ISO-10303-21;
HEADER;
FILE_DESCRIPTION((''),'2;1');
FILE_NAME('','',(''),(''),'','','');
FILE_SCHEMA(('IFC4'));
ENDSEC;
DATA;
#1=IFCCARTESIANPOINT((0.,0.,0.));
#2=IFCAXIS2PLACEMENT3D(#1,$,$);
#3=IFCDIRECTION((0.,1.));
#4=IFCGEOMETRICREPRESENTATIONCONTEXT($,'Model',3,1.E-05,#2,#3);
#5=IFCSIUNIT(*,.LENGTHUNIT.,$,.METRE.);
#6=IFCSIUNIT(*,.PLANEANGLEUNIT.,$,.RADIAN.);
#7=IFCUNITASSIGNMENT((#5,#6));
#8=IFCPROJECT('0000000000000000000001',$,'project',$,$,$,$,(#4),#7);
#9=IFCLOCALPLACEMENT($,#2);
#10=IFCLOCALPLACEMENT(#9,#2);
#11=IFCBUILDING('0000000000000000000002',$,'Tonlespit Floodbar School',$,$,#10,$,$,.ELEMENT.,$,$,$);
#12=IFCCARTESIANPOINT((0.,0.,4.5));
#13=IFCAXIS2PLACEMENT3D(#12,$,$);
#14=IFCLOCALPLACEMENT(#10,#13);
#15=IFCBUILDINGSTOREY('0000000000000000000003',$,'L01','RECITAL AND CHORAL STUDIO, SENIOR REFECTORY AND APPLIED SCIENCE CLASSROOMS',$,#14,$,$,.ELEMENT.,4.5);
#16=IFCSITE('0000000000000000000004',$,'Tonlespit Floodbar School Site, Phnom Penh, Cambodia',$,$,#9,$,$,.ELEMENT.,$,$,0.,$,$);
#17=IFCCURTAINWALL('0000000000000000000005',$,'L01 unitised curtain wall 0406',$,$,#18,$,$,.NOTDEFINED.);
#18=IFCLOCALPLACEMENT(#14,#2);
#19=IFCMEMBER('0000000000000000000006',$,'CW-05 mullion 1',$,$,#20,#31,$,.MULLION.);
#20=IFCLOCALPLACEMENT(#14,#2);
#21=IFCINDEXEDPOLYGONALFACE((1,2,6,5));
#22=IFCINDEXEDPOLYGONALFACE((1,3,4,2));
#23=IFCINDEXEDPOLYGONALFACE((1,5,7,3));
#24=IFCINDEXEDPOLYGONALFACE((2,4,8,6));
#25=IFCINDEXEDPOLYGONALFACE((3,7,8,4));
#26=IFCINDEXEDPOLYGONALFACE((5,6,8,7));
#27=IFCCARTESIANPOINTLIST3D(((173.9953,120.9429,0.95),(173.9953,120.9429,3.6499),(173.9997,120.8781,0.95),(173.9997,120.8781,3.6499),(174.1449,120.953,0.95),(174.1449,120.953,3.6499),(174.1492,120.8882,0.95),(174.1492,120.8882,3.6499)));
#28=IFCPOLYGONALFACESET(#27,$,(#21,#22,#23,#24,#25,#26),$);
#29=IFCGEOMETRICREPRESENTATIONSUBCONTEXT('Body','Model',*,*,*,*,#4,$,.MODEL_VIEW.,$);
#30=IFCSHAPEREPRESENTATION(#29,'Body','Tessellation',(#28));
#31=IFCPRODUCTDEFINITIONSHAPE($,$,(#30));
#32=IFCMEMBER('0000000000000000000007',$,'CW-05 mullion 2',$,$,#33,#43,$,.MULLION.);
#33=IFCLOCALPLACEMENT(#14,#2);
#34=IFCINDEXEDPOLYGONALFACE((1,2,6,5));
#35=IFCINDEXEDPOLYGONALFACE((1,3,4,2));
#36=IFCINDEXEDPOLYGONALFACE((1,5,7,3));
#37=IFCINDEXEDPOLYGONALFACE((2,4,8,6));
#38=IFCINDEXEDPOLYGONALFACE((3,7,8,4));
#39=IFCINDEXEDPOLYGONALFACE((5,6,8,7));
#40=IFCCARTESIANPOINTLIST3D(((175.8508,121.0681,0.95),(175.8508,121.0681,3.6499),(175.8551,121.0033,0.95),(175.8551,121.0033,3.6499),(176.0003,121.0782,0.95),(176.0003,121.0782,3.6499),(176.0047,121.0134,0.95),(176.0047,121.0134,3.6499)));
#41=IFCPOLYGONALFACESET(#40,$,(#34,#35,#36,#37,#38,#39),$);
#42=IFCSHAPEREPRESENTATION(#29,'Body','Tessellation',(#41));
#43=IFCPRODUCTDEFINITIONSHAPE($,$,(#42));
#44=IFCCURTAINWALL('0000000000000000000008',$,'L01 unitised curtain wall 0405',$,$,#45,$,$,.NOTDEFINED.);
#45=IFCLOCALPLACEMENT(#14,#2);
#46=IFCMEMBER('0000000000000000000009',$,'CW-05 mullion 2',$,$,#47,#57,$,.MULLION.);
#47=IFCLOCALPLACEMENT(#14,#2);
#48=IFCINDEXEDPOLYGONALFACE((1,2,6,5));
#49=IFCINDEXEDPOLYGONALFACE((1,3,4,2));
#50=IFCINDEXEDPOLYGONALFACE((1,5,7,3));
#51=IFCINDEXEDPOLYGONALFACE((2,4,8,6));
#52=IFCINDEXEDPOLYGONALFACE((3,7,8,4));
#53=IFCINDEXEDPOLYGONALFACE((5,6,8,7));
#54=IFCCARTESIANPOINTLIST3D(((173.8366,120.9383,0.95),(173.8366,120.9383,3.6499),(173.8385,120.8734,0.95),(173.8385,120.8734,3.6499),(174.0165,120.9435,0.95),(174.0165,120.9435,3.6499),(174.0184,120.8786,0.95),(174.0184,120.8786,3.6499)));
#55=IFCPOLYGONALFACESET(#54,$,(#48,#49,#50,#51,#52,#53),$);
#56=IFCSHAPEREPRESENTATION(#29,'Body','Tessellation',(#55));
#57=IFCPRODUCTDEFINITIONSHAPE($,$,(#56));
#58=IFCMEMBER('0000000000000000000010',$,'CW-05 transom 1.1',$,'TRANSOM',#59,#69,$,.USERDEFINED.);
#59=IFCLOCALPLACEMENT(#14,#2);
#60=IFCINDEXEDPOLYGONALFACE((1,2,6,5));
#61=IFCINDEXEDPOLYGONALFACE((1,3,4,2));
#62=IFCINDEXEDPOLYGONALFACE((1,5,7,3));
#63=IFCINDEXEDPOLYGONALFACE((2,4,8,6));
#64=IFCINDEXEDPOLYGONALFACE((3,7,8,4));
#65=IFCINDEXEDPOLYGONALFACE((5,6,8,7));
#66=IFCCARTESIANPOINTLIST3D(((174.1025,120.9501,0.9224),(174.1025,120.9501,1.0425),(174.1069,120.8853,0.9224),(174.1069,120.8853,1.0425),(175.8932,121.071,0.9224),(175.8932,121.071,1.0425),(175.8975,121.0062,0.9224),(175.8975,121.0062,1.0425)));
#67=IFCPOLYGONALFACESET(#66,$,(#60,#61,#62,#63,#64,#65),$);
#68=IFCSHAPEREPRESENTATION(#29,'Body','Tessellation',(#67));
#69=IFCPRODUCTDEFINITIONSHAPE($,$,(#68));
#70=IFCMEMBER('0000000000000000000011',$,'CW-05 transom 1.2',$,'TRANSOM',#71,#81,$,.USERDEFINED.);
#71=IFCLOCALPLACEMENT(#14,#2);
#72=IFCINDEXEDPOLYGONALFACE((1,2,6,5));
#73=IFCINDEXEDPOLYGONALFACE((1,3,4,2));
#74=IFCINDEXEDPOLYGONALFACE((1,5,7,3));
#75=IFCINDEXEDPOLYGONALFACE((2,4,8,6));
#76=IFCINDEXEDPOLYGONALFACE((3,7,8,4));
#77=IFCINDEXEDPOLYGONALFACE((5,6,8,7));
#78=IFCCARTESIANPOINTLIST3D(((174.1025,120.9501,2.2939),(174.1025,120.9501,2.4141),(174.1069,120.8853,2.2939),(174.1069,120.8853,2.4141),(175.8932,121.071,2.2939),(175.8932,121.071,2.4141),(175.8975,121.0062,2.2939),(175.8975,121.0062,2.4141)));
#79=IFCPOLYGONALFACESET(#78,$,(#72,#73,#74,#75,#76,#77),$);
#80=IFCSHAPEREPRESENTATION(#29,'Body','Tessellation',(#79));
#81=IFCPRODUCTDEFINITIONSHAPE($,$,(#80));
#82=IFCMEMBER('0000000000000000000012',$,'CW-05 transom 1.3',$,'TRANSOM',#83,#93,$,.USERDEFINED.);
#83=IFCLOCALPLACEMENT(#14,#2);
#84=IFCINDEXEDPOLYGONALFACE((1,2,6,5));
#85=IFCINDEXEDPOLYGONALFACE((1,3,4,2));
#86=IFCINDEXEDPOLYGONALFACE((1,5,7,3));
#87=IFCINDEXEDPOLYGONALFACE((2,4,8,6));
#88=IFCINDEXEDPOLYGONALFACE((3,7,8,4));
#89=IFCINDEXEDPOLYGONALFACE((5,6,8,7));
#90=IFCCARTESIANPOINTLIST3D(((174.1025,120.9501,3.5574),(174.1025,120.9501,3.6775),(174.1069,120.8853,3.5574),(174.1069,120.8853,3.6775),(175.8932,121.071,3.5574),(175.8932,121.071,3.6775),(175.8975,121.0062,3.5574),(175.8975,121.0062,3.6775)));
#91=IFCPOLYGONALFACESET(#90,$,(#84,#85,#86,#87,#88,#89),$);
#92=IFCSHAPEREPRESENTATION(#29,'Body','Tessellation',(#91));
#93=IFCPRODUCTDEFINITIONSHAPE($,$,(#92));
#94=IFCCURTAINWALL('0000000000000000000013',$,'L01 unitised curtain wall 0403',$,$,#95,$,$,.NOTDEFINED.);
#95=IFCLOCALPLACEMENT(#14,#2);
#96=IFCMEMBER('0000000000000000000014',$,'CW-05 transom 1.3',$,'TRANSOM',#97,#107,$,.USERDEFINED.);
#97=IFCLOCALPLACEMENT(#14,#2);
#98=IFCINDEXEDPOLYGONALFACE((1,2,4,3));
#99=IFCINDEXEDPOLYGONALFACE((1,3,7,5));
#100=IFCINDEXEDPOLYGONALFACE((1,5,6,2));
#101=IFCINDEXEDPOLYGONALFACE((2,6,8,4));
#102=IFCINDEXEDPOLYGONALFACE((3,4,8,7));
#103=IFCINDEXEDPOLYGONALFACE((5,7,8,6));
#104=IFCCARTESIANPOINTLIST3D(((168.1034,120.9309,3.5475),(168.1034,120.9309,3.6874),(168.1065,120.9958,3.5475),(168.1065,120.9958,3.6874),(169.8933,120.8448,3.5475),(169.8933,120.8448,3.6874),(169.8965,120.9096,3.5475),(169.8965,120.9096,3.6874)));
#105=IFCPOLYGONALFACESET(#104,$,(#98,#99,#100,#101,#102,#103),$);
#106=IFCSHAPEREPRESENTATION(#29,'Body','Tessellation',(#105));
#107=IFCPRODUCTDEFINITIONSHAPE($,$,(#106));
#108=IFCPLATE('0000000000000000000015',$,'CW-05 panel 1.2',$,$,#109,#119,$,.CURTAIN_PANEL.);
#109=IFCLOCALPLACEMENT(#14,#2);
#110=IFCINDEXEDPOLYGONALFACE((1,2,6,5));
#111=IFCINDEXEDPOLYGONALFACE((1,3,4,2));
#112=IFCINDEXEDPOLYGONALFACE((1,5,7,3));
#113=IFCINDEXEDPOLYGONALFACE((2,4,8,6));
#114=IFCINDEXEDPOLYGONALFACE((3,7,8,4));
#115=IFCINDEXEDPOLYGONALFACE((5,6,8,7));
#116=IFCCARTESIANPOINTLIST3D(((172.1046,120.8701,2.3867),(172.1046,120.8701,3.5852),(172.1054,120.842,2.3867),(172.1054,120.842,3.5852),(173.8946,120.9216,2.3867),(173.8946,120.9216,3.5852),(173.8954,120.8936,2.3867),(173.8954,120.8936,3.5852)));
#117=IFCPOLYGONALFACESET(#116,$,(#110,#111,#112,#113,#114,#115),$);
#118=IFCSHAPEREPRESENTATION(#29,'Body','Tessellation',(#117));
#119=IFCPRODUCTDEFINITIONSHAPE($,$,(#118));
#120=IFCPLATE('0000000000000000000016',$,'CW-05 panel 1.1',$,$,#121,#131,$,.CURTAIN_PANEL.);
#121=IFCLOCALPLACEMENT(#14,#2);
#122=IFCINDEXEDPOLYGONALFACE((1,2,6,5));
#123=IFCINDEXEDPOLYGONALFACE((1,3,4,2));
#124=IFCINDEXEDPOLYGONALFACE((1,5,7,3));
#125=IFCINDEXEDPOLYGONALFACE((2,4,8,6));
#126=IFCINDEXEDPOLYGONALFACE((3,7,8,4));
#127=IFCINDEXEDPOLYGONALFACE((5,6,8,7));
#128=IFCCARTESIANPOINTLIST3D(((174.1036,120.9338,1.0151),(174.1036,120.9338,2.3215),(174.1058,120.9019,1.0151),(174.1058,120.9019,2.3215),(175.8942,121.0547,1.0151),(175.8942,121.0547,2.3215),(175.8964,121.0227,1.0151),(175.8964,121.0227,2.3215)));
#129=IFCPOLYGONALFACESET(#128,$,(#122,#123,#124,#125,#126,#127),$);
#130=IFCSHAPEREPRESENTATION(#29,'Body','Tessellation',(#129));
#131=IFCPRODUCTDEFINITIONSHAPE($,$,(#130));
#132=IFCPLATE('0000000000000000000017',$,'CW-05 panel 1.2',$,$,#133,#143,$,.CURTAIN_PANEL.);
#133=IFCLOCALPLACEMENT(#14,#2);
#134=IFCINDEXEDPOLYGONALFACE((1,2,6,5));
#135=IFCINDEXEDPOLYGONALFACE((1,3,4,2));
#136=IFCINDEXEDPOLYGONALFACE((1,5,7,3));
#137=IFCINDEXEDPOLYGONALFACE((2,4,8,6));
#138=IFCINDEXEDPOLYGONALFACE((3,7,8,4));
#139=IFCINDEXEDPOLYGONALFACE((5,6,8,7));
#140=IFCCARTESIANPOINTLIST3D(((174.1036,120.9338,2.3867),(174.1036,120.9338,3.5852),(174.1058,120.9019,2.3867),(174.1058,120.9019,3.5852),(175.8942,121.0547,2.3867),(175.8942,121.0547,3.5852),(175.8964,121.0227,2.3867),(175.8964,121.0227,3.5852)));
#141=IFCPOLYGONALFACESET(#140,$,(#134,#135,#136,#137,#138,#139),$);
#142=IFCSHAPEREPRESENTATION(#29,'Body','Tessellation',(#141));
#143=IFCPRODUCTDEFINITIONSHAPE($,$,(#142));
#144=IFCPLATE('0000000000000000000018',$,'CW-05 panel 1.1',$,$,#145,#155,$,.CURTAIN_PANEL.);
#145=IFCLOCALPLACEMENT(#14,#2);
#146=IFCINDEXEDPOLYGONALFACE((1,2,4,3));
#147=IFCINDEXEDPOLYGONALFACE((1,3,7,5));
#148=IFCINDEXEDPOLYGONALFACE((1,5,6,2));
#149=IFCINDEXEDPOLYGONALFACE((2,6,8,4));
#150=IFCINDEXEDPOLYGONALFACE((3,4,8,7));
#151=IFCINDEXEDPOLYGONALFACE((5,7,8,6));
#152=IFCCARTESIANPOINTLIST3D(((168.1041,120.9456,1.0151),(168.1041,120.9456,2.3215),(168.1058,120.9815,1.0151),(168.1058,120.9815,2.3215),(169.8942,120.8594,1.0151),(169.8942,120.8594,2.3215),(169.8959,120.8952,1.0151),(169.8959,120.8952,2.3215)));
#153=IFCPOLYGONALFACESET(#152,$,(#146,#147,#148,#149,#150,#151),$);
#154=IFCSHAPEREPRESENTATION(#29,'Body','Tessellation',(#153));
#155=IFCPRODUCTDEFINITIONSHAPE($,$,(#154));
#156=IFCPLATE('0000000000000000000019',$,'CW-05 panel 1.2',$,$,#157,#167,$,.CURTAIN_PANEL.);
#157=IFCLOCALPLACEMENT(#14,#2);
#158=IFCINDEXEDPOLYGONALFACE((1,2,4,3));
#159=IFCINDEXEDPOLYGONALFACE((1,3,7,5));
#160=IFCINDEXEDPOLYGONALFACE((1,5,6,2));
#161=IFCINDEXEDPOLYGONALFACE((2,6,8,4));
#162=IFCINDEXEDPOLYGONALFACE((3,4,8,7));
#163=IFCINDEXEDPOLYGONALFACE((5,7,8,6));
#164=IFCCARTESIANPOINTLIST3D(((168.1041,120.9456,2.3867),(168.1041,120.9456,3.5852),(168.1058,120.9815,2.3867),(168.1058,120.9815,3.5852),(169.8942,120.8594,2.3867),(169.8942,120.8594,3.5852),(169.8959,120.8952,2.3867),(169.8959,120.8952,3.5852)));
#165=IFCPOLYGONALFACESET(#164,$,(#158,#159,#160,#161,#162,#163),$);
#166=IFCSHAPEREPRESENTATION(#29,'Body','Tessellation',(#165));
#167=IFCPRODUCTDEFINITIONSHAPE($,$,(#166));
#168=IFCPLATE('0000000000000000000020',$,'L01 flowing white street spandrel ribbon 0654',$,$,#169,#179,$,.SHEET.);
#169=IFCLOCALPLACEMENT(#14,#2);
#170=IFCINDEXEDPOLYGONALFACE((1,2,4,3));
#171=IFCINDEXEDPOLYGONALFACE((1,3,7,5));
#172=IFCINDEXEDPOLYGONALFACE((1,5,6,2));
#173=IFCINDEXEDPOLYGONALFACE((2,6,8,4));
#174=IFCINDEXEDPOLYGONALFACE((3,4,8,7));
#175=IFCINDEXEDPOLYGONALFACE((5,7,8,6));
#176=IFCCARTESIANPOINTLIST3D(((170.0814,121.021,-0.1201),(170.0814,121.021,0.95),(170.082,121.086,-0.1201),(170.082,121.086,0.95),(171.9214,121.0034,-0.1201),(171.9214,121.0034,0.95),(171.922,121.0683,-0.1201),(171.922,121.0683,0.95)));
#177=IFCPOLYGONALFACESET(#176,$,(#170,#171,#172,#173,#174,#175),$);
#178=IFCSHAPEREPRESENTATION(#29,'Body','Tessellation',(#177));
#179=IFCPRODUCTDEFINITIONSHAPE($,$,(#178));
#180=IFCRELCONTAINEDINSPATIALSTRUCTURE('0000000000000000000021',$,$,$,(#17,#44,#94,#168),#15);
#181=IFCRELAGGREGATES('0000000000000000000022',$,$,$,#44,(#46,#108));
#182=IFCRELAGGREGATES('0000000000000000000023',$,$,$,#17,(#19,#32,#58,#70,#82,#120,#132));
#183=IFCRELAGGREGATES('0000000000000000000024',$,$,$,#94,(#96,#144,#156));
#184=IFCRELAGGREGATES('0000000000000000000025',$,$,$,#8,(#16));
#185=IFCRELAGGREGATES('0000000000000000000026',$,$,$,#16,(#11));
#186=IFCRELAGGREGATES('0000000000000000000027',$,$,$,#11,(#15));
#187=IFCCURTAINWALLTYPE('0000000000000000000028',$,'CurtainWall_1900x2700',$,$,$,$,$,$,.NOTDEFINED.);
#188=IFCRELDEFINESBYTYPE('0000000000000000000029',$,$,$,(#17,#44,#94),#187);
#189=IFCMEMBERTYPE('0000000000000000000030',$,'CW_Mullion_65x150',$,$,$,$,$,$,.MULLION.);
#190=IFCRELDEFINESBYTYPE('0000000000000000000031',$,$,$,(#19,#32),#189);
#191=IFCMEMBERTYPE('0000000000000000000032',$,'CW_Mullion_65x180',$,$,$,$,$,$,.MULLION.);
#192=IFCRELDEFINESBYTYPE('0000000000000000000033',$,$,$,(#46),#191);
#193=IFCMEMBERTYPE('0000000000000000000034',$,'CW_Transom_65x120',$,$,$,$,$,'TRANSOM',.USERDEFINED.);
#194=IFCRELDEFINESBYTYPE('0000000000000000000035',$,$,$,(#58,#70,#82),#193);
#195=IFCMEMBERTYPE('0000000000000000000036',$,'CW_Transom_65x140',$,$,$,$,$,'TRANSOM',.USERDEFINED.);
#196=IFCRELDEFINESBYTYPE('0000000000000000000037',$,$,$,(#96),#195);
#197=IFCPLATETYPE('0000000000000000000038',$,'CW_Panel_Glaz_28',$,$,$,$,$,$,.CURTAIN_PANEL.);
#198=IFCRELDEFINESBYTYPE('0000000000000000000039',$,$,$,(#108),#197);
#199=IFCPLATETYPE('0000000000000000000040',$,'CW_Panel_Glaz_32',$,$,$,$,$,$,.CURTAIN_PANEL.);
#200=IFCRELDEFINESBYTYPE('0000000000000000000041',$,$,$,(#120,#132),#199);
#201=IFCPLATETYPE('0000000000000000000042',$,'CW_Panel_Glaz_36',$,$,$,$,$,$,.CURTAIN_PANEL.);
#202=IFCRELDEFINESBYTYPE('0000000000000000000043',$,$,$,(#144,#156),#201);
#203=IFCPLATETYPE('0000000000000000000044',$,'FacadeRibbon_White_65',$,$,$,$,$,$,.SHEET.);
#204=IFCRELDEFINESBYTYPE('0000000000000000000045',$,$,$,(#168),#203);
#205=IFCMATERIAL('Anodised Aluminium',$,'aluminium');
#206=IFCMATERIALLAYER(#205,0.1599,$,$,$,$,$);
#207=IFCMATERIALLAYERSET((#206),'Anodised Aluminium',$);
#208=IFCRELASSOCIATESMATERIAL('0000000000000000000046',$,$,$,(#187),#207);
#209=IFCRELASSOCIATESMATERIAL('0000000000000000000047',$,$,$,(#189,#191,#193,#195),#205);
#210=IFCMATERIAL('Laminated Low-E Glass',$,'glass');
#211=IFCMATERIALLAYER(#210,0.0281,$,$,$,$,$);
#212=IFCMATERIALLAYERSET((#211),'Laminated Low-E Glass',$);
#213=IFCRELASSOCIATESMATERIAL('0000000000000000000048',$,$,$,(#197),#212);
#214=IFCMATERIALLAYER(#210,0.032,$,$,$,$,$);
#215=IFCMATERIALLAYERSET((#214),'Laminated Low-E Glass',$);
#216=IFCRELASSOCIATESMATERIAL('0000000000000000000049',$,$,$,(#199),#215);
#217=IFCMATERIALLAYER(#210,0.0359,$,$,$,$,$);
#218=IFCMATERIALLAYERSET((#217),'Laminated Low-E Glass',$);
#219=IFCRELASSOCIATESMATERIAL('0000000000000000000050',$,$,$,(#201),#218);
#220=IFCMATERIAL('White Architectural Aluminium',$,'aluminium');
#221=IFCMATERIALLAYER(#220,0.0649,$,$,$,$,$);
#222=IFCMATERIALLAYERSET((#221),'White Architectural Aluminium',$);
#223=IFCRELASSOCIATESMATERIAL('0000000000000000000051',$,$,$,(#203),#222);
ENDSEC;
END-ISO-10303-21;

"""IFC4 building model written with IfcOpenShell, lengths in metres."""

from ifc_helpers import new_model, si_unit, direction, frame, origin, origin_2d, place, context, subcontext, project, spatial, rectangle, extrude, material, layer, layer_set, material_profile, profile_set, type_object, element, aggregate, save


model = new_model("IFC4")

# Units and contexts
model_context = context("Model", 3, precision=1e-05, world=origin(), true_north=direction((0.0, 1.0)))
body_context = subcontext(model_context, "Body", "Model", "MODEL_VIEW")
ifc_project = project(units=[si_unit("LENGTHUNIT", "METRE"), si_unit("PLANEANGLEUNIT", "RADIAN")], contexts=[model_context])

# Site, building, storey
site_placement = place(None, origin())
site = spatial("IfcSite", under=ifc_project, at=site_placement, Name="Tonlespit Floodbar School Site, Phnom Penh, Cambodia", CompositionType="ELEMENT", RefElevation=0.0)
building_placement = place(site_placement, origin())
building = spatial("IfcBuilding", under=site, at=building_placement, Name="Tonlespit Floodbar School", CompositionType="ELEMENT")
storey_placement = place(building_placement, frame((0.0, 0.0, 4.5)))
storey = spatial("IfcBuildingStorey", under=building, at=storey_placement, Name="L01", Description="RECITAL AND CHORAL STUDIO, SENIOR REFECTORY AND APPLIED SCIENCE CLASSROOMS", CompositionType="ELEMENT", Elevation=4.5)

# Curtain wall, members
ifc_material_1 = material(Name="Anodised Aluminium", Category="aluminium")
ifc_layer_1 = layer(ifc_material_1, 0.1599)
ifc_layer_set_1 = layer_set([ifc_layer_1], Name="Anodised Aluminium")
curtain_wall_type = type_object("IfcCurtainWallType", Name="CurtainWall_1900x2700", PredefinedType="NOTDEFINED", material=ifc_layer_set_1)
curtain_wall_1_placement = place(storey_placement, origin())
curtain_wall_1 = element("IfcCurtainWall", 1, at=curtain_wall_1_placement, inside=storey, type_object=curtain_wall_type, Name="L01 unitised curtain wall 0406", PredefinedType="NOTDEFINED")
ifc_material_profile_1 = material_profile(ifc_material_1, rectangle(XDim=0.0649, YDim=0.1499, at=origin_2d()), Name="ALU M65x150")
ifc_profile_set_1 = profile_set([ifc_material_profile_1], Name="Anodised Aluminium")
member_type_1 = type_object("IfcMemberType", Name="CW_Mullion_65x150", PredefinedType="MULLION", material=ifc_profile_set_1)
member_1_placement = place(storey_placement, frame((174.0723, 120.9155, 0.95), z_axis=(0.0, 0.0, 1.0), x_axis=(-0.06734, 0.99773, 0.0)))
member_1 = element("IfcMember", 2, at=member_1_placement, type_object=member_type_1, Name="CW-05 mullion 1", PredefinedType="MULLION", context=body_context, shape_type="SweptSolid", body=[
    extrude(rectangle(XDim=0.0649, YDim=0.1499, at=origin_2d()), origin(), (0.0, 0.0, 1.0), 2.7),
])
member_2_placement = place(storey_placement, frame((175.9277, 121.0408, 0.95), z_axis=(0.0, 0.0, 1.0), x_axis=(-0.06734, 0.99773, 0.0)))
member_2 = element("IfcMember", 3, at=member_2_placement, type_object=member_type_1, Name="CW-05 mullion 2", PredefinedType="MULLION", context=body_context, shape_type="SweptSolid", body=[
    extrude(rectangle(XDim=0.0649, YDim=0.1499, at=origin_2d()), origin(), (0.0, 0.0, 1.0), 2.7),
])

# Curtain wall, member
curtain_wall_2_placement = place(storey_placement, origin())
curtain_wall_2 = element("IfcCurtainWall", 4, at=curtain_wall_2_placement, inside=storey, type_object=curtain_wall_type, Name="L01 unitised curtain wall 0405", PredefinedType="NOTDEFINED")
ifc_material_profile_2 = material_profile(ifc_material_1, rectangle(XDim=0.0649, YDim=0.1799, at=origin_2d()), Name="ALU M65x180")
ifc_profile_set_2 = profile_set([ifc_material_profile_2], Name="Anodised Aluminium")
member_type_2 = type_object("IfcMemberType", Name="CW_Mullion_65x180", PredefinedType="MULLION", material=ifc_profile_set_2)
member_3_placement = place(storey_placement, frame((173.9275, 120.9084, 0.95), z_axis=(0.0, 0.0, 1.0), x_axis=(-0.02879, 0.999585, 0.0)))
member_3 = element("IfcMember", 5, at=member_3_placement, type_object=member_type_2, Name="CW-05 mullion 2", PredefinedType="MULLION", context=body_context, shape_type="SweptSolid", body=[
    extrude(rectangle(XDim=0.0649, YDim=0.1799, at=origin_2d()), origin(), (0.0, 0.0, 1.0), 2.7),
])

# Members
ifc_material_profile_3 = material_profile(ifc_material_1, rectangle(XDim=0.0649, YDim=0.1201, at=origin_2d()), Name="ALU T65x120")
ifc_profile_set_3 = profile_set([ifc_material_profile_3], Name="Anodised Aluminium")
member_type_3 = type_object("IfcMemberType", Name="CW_Transom_65x120", ElementType="TRANSOM", PredefinedType="USERDEFINED", material=ifc_profile_set_3)
member_4_placement = place(storey_placement, frame((174.1047, 120.9177, 0.9824), z_axis=(0.99773, 0.067341, 0.0), x_axis=(-0.067341, 0.99773, 0.0)))
member_4 = element("IfcMember", 6, at=member_4_placement, type_object=member_type_3, Name="CW-05 transom 1.1", ObjectType="TRANSOM", PredefinedType="USERDEFINED", context=body_context, shape_type="SweptSolid", body=[
    extrude(rectangle(XDim=0.0649, YDim=0.1201, at=origin_2d()), origin(), (0.0, 0.0, 1.0), 1.7947),
])
member_5_placement = place(storey_placement, frame((174.1047, 120.9177, 2.354), z_axis=(0.99773, 0.067341, 0.0), x_axis=(-0.067341, 0.99773, 0.0)))
member_5 = element("IfcMember", 7, at=member_5_placement, type_object=member_type_3, Name="CW-05 transom 1.2", ObjectType="TRANSOM", PredefinedType="USERDEFINED", context=body_context, shape_type="SweptSolid", body=[
    extrude(rectangle(XDim=0.0649, YDim=0.1201, at=origin_2d()), origin(), (0.0, 0.0, 1.0), 1.7947),
])
member_6_placement = place(storey_placement, frame((174.1047, 120.9177, 3.6174), z_axis=(0.99773, 0.067341, 0.0), x_axis=(-0.067341, 0.99773, 0.0)))
member_6 = element("IfcMember", 8, at=member_6_placement, type_object=member_type_3, Name="CW-05 transom 1.3", ObjectType="TRANSOM", PredefinedType="USERDEFINED", context=body_context, shape_type="SweptSolid", body=[
    extrude(rectangle(XDim=0.0649, YDim=0.1201, at=origin_2d()), origin(), (0.0, 0.0, 1.0), 1.7947),
])

# Curtain wall, member
curtain_wall_3_placement = place(storey_placement, origin())
curtain_wall_3 = element("IfcCurtainWall", 9, at=curtain_wall_3_placement, inside=storey, type_object=curtain_wall_type, Name="L01 unitised curtain wall 0403", PredefinedType="NOTDEFINED")
ifc_material_profile_4 = material_profile(ifc_material_1, rectangle(XDim=0.0649, YDim=0.1399, at=origin_2d()), Name="ALU T65x140")
ifc_profile_set_4 = profile_set([ifc_material_profile_4], Name="Anodised Aluminium")
member_type_4 = type_object("IfcMemberType", Name="CW_Transom_65x140", ElementType="TRANSOM", PredefinedType="USERDEFINED", material=ifc_profile_set_4)
member_7_placement = place(storey_placement, frame((168.105, 120.9634, 3.6174), z_axis=(0.998843, -0.048089, 0.0), x_axis=(0.048089, 0.998843, 0.0)))
member_7 = element("IfcMember", 10, at=member_7_placement, type_object=member_type_4, Name="CW-05 transom 1.3", ObjectType="TRANSOM", PredefinedType="USERDEFINED", context=body_context, shape_type="SweptSolid", body=[
    extrude(rectangle(XDim=0.0649, YDim=0.1399, at=origin_2d()), origin(), (0.0, 0.0, 1.0), 1.792),
])

# Plates
ifc_material_2 = material(Name="Laminated Low-E Glass", Category="glass")
ifc_layer_2 = layer(ifc_material_2, 0.0281)
ifc_layer_set_2 = layer_set([ifc_layer_2], Name="Laminated Low-E Glass")
plate_type_1 = type_object("IfcPlateType", Name="CW_Panel_Glaz_28", PredefinedType="CURTAIN_PANEL", material=ifc_layer_set_2)
plate_1_placement = place(storey_placement, frame((173.0, 120.8818, 2.3867), z_axis=(0.0, 0.0, 1.0), x_axis=(0.999585, 0.02879, 0.0)))
plate_1 = element("IfcPlate", 11, at=plate_1_placement, type_object=plate_type_1, Name="CW-05 panel 1.2", PredefinedType="CURTAIN_PANEL", context=body_context, shape_type="SweptSolid", body=[
    extrude(rectangle(XDim=1.7908, YDim=0.0281, at=origin_2d()), origin(), (0.0, 0.0, 1.0), 1.1985),
])
aggregate(curtain_wall_2, [member_3, plate_1])
ifc_layer_3 = layer(ifc_material_2, 0.032)
ifc_layer_set_3 = layer_set([ifc_layer_3], Name="Laminated Low-E Glass")
plate_type_2 = type_object("IfcPlateType", Name="CW_Panel_Glaz_32", PredefinedType="CURTAIN_PANEL", material=ifc_layer_set_3)
plate_2_placement = place(storey_placement, frame((175.0, 120.9783, 1.0151), z_axis=(0.0, 0.0, 1.0), x_axis=(0.99773, 0.06734, 0.0)))
plate_2 = element("IfcPlate", 12, at=plate_2_placement, type_object=plate_type_2, Name="CW-05 panel 1.1", PredefinedType="CURTAIN_PANEL", context=body_context, shape_type="SweptSolid", body=[
    extrude(rectangle(XDim=1.7947, YDim=0.032, at=origin_2d()), origin(), (0.0, 0.0, 1.0), 1.3064),
])
plate_3_placement = place(storey_placement, frame((175.0, 120.9783, 2.3867), z_axis=(0.0, 0.0, 1.0), x_axis=(0.99773, 0.06734, 0.0)))
plate_3 = element("IfcPlate", 13, at=plate_3_placement, type_object=plate_type_2, Name="CW-05 panel 1.2", PredefinedType="CURTAIN_PANEL", context=body_context, shape_type="SweptSolid", body=[
    extrude(rectangle(XDim=1.7947, YDim=0.032, at=origin_2d()), origin(), (0.0, 0.0, 1.0), 1.1985),
])
aggregate(curtain_wall_1, [member_1, member_2, member_4, member_5, member_6, plate_2, plate_3])
ifc_layer_4 = layer(ifc_material_2, 0.0359)
ifc_layer_set_4 = layer_set([ifc_layer_4], Name="Laminated Low-E Glass")
plate_type_3 = type_object("IfcPlateType", Name="CW_Panel_Glaz_36", PredefinedType="CURTAIN_PANEL", material=ifc_layer_set_4)
plate_4_placement = place(storey_placement, frame((169.0, 120.9204, 1.0151), z_axis=(0.0, 0.0, 1.0), x_axis=(0.998842, -0.048121, 0.0)))
plate_4 = element("IfcPlate", 14, at=plate_4_placement, type_object=plate_type_3, Name="CW-05 panel 1.1", PredefinedType="CURTAIN_PANEL", context=body_context, shape_type="SweptSolid", body=[
    extrude(rectangle(XDim=1.7922, YDim=0.0359, at=origin_2d()), origin(), (0.0, 0.0, 1.0), 1.3064),
])
plate_5_placement = place(storey_placement, frame((169.0, 120.9204, 2.3867), z_axis=(0.0, 0.0, 1.0), x_axis=(0.998842, -0.048121, 0.0)))
plate_5 = element("IfcPlate", 15, at=plate_5_placement, type_object=plate_type_3, Name="CW-05 panel 1.2", PredefinedType="CURTAIN_PANEL", context=body_context, shape_type="SweptSolid", body=[
    extrude(rectangle(XDim=1.7922, YDim=0.0359, at=origin_2d()), origin(), (0.0, 0.0, 1.0), 1.1985),
])
aggregate(curtain_wall_3, [member_7, plate_4, plate_5])

# Plate
ifc_material_3 = material(Name="White Architectural Aluminium", Category="aluminium")
ifc_layer_5 = layer(ifc_material_3, 0.0649)
ifc_layer_set_5 = layer_set([ifc_layer_5], Name="White Architectural Aluminium")
plate_type_4 = type_object("IfcPlateType", Name="FacadeRibbon_White_65", PredefinedType="SHEET", material=ifc_layer_set_5)
plate_6_placement = place(storey_placement, frame((171.0017, 121.0447, -0.1201), z_axis=(0.0, 0.0, 1.0), x_axis=(0.999954, -0.009599, 0.0)))
element("IfcPlate", 16, at=plate_6_placement, inside=storey, type_object=plate_type_4, Name="L01 flowing white street spandrel ribbon 0654", PredefinedType="SHEET", context=body_context, shape_type="SweptSolid", body=[
    extrude(rectangle(XDim=1.8401, YDim=0.0649, at=origin_2d()), origin(), (0.0, 0.0, 1.0), 1.0701),
])

save(model, "model.ifc")
